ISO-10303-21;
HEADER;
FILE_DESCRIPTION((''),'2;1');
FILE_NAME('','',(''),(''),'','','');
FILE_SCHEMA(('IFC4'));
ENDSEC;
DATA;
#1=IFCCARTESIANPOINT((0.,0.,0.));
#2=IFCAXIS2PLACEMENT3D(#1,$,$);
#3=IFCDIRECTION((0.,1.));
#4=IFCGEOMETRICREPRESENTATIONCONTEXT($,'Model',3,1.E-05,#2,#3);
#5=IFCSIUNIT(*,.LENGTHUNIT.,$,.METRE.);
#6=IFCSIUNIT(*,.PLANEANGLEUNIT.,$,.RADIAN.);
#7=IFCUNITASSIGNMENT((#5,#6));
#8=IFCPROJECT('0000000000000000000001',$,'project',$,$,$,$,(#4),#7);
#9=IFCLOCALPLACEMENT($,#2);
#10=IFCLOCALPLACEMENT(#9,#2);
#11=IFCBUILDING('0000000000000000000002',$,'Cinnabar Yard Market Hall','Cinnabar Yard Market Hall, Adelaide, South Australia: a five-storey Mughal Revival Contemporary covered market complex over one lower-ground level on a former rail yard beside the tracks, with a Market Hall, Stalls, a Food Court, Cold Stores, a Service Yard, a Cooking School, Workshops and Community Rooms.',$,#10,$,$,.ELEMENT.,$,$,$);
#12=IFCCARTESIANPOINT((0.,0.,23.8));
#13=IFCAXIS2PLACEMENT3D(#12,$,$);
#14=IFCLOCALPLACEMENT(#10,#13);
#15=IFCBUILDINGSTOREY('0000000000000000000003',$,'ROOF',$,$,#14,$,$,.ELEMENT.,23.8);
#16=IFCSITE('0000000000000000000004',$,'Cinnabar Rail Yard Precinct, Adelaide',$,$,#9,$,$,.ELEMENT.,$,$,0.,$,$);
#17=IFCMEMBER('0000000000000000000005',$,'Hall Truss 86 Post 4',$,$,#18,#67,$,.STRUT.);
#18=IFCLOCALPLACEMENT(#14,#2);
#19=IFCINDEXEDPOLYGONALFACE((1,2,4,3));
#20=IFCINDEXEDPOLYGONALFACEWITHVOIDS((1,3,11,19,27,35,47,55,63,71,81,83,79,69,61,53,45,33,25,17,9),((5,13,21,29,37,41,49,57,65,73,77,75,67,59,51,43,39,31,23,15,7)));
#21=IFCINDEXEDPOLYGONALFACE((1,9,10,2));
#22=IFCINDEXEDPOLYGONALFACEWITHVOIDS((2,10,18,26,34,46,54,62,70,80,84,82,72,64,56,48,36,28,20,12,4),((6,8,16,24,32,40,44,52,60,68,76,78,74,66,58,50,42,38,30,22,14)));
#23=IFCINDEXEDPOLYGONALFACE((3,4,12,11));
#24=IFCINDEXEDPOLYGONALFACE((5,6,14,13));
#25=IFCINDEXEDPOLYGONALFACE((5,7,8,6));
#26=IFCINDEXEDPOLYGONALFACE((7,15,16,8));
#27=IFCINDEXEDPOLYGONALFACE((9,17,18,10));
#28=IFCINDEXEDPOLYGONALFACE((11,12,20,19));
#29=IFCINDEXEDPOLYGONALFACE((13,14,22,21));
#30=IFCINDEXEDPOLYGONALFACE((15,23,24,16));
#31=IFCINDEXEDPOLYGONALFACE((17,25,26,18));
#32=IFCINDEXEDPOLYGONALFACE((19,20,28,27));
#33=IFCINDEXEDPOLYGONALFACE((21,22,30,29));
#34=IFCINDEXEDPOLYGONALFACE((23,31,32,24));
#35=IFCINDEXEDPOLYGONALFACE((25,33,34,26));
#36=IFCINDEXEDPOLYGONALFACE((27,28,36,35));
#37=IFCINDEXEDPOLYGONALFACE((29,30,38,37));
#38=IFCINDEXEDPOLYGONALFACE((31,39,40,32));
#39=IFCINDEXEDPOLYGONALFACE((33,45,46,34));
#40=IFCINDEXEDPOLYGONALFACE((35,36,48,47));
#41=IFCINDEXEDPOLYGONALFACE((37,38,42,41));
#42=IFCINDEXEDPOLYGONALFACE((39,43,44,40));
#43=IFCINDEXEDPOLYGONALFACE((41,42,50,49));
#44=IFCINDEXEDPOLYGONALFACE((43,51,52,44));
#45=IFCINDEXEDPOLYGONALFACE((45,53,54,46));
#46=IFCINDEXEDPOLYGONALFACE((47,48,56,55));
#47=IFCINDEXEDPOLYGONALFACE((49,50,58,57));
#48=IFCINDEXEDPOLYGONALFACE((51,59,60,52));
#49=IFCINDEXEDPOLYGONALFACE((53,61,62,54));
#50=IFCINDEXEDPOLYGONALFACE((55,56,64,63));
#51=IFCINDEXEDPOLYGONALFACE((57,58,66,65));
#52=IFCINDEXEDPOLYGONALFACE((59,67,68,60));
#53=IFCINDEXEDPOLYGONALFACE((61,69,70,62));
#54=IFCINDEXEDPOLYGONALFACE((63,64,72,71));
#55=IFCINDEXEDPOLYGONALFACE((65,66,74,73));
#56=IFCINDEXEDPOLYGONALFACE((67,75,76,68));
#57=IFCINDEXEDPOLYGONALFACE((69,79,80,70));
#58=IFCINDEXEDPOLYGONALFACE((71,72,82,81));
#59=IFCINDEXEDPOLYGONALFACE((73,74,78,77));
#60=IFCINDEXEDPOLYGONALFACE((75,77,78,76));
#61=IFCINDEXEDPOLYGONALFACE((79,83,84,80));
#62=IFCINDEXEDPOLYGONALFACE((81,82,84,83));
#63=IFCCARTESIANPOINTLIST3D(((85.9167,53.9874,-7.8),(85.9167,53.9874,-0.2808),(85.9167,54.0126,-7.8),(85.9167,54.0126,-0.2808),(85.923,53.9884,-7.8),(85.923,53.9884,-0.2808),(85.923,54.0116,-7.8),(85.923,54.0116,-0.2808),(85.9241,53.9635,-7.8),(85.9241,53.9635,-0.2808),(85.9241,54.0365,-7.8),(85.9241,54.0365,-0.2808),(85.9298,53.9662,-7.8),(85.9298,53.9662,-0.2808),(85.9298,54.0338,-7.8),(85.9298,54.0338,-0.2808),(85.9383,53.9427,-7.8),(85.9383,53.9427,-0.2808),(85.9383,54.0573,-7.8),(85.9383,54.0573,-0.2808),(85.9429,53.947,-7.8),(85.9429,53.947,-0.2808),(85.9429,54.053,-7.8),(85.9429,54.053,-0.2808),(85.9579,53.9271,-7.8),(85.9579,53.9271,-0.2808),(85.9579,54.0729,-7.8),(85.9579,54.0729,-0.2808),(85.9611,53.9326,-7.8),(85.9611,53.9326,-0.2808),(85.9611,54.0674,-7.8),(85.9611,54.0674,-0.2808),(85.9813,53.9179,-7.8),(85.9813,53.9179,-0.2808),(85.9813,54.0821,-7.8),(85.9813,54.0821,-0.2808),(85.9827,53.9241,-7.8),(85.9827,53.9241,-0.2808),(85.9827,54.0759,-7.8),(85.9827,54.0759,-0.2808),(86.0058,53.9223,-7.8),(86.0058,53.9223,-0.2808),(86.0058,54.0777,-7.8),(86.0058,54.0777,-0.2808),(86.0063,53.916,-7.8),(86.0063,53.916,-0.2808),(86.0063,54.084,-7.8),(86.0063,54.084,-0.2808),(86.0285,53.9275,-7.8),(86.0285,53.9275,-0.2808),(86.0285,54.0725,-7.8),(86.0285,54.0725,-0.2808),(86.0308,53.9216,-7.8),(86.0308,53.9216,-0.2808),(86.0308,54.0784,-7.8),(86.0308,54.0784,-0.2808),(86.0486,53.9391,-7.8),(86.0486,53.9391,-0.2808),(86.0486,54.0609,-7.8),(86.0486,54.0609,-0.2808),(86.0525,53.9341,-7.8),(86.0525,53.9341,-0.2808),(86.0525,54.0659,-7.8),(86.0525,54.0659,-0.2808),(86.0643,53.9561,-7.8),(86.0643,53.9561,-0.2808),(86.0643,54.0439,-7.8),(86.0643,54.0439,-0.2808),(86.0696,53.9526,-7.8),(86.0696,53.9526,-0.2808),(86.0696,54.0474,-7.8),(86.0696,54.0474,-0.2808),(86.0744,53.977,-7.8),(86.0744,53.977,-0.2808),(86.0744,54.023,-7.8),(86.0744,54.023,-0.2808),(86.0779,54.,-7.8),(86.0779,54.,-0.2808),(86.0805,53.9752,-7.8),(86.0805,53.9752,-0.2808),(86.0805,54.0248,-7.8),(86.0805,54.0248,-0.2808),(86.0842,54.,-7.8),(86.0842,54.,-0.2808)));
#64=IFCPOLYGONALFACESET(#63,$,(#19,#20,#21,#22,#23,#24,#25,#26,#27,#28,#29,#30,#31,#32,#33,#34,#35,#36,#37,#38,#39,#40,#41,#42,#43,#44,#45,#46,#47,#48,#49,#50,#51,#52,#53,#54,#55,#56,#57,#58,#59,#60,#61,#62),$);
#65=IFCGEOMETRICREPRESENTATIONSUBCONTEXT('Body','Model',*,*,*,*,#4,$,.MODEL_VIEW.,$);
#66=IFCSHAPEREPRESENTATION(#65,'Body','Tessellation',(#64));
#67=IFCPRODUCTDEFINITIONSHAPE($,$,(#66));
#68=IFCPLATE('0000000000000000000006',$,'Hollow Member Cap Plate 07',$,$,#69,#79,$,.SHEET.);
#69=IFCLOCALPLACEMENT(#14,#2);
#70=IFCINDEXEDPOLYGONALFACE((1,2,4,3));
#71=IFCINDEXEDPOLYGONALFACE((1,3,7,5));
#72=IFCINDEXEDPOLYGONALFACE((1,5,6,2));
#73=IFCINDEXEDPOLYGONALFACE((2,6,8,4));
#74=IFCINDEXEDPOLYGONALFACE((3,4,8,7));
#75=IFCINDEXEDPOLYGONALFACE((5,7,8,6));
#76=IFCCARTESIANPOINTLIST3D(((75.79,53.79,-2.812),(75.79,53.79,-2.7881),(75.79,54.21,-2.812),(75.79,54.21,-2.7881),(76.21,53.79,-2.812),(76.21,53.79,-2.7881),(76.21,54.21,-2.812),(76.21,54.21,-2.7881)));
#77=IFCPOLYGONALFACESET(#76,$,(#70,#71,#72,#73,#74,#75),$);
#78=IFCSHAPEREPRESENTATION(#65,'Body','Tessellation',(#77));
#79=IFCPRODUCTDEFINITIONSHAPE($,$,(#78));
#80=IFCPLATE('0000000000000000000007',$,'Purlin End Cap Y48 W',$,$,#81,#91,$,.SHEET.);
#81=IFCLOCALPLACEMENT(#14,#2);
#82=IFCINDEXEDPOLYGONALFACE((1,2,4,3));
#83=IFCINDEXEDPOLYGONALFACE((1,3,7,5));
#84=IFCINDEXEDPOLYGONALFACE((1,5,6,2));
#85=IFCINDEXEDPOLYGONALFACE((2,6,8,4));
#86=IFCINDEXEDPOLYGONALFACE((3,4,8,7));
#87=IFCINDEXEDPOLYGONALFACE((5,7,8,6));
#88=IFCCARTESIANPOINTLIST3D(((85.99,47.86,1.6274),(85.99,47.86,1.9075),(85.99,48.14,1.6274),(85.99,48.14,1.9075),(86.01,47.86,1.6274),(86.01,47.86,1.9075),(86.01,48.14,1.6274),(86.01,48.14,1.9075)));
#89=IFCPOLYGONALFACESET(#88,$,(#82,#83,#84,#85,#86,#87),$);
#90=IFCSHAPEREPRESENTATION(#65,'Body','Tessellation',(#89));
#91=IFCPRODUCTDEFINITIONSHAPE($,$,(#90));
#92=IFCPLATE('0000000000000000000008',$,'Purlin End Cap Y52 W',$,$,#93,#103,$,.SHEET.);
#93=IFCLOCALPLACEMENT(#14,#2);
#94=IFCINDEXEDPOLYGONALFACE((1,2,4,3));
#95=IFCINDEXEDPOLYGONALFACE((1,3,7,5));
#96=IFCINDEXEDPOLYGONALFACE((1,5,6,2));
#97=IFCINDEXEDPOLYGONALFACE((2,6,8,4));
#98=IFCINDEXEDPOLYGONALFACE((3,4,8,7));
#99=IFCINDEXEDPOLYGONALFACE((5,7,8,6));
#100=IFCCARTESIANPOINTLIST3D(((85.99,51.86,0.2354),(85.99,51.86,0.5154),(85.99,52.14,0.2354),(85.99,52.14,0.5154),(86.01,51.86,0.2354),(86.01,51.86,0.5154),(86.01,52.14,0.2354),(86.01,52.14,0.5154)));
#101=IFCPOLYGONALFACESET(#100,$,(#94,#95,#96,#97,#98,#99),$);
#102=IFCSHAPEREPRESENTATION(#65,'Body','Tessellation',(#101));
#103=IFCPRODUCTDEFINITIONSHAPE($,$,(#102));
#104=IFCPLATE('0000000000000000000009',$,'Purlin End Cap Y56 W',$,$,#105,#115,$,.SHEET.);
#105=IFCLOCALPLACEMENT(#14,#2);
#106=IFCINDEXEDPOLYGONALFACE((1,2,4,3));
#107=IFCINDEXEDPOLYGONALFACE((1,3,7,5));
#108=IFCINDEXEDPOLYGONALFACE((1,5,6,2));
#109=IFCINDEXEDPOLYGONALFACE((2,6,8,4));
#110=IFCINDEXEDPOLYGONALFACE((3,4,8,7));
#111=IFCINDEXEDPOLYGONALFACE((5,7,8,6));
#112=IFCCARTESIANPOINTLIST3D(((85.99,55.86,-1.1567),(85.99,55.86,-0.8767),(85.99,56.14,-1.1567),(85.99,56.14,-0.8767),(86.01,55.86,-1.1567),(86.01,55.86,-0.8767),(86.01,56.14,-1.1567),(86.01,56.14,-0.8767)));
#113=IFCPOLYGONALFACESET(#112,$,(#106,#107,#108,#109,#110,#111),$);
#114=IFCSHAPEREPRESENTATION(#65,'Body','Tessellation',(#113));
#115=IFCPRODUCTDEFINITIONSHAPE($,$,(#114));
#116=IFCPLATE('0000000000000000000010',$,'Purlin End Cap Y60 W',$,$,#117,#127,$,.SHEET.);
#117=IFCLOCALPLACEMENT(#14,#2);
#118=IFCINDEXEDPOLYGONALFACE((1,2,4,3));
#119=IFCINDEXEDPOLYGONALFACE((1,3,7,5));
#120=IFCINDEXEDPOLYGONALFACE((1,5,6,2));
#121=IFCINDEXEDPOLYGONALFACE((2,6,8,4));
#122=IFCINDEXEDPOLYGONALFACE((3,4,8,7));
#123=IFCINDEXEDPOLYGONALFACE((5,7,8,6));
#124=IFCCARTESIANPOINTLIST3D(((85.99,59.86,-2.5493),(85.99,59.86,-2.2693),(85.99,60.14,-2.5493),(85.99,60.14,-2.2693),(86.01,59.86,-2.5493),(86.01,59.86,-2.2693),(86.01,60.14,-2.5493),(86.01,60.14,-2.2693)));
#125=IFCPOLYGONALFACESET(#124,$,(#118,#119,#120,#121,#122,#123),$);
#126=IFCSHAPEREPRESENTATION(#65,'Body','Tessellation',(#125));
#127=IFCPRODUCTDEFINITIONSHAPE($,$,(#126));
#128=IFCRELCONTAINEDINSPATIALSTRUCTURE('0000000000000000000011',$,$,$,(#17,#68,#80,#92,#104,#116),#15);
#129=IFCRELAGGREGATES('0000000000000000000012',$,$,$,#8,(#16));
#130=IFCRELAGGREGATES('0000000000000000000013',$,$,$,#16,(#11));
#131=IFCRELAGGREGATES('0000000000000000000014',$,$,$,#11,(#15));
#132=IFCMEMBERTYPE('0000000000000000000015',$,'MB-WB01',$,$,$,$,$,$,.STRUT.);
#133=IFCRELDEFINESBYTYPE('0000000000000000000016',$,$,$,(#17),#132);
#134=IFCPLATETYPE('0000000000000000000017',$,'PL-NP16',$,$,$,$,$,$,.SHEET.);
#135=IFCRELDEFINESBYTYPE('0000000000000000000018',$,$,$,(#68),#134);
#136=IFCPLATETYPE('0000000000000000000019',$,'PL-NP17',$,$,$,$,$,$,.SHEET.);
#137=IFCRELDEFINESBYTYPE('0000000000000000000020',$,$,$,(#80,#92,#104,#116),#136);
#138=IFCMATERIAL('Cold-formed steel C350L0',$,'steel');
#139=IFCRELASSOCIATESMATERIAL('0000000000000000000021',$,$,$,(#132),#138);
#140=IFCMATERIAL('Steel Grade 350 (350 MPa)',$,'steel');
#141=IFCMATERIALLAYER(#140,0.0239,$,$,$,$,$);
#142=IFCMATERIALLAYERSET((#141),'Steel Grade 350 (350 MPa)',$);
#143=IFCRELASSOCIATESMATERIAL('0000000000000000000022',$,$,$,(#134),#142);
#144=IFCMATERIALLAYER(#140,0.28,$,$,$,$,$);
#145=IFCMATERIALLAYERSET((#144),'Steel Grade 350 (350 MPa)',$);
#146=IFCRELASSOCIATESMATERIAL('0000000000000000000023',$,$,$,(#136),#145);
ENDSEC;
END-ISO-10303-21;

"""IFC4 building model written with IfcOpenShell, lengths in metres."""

from ifc_helpers import new_model, si_unit, direction, frame, origin, origin_2d_with_axis, place, context, subcontext, project, spatial, rectangle, hollow_circle, extrude, material, layer, layer_set, material_profile, profile_set, type_object, element, save


model = new_model("IFC4")

# Units and contexts
model_context = context("Model", 3, precision=1e-05, world=origin(), true_north=direction((0.0, 1.0)))
body_context = subcontext(model_context, "Body", "Model", "MODEL_VIEW")
ifc_project = project(units=[si_unit("LENGTHUNIT", "METRE"), si_unit("PLANEANGLEUNIT", "RADIAN")], contexts=[model_context])

# Site, building, storey
site_placement = place(None, origin())
site = spatial("IfcSite", under=ifc_project, at=site_placement, Name="Cinnabar Rail Yard Precinct, Adelaide", CompositionType="ELEMENT", RefElevation=0.0)
building_placement = place(site_placement, origin())
building = spatial("IfcBuilding", under=site, at=building_placement, Name="Cinnabar Yard Market Hall", Description="Cinnabar Yard Market Hall, Adelaide, South Australia: a five-storey Mughal Revival Contemporary covered market complex over one lower-ground level on a former rail yard beside the tracks, with a Market Hall, Stalls, a Food Court, Cold Stores, a Service Yard, a Cooking School, Workshops and Community Rooms.", CompositionType="ELEMENT")
storey_placement = place(building_placement, frame((0.0, 0.0, 23.8)))
storey = spatial("IfcBuildingStorey", under=building, at=storey_placement, Name="ROOF", CompositionType="ELEMENT", Elevation=23.8)

# Shared definitions
ifc_material_1 = material(Name="Steel Grade 350 (350 MPa)", Category="steel")

# Member
ifc_material_2 = material(Name="Cold-formed steel C350L0", Category="steel")
ifc_material_profile_1 = material_profile(ifc_material_2, hollow_circle(Radius=0.0842, WallThickness=0.0063, at=origin_2d_with_axis()), Name="168.3x6.4CHS")
ifc_profile_set_1 = profile_set([ifc_material_profile_1], Name="Cold-formed steel C350L0")
member_type_1 = type_object("IfcMemberType", Name="MB-WB01", PredefinedType="STRUT", material=ifc_profile_set_1)
member_1_placement = place(storey_placement, frame((86.0, 54.0, -7.8), z_axis=(0.0, 0.0, 1.0), x_axis=(1.0, 0.0, 0.0)))
element("IfcMember", 1, at=member_1_placement, inside=storey, type_object=member_type_1, Name="Hall Truss 86 Post 4", PredefinedType="STRUT", context=body_context, shape_type="SweptSolid", body=[
    extrude(hollow_circle(Radius=0.0842, WallThickness=0.0063, at=origin_2d_with_axis()), origin(), (0.0, 0.0, 1.0), 7.5193),
])

# Plates
ifc_layer_1 = layer(ifc_material_1, 0.0239)
ifc_layer_set_1 = layer_set([ifc_layer_1], Name="Steel Grade 350 (350 MPa)")
plate_type_1 = type_object("IfcPlateType", Name="PL-NP16", PredefinedType="SHEET", material=ifc_layer_set_1)
plate_placement = place(storey_placement, frame((76.0, 54.0, -2.812), z_axis=(0.0, 0.0, 1.0), x_axis=(1.0, 0.0, 0.0)))
element("IfcPlate", 2, at=plate_placement, inside=storey, type_object=plate_type_1, Name="Hollow Member Cap Plate 07", PredefinedType="SHEET", context=body_context, shape_type="SweptSolid", body=[
    extrude(rectangle(XDim=0.4199, YDim=0.4199, at=origin_2d_with_axis()), origin(), (0.0, 0.0, 1.0), 0.0239),
])
ifc_layer_2 = layer(ifc_material_1, 0.28)
ifc_layer_set_2 = layer_set([ifc_layer_2], Name="Steel Grade 350 (350 MPa)")
plate_type_2 = type_object("IfcPlateType", Name="PL-NP17", PredefinedType="SHEET", material=ifc_layer_set_2)
for number, where, z_axis, x_axis, name in (
    (3, (86.0, 48.0, 1.6274), (0.0, 0.0, 1.0), (1.0, 0.0, 0.0), "Purlin End Cap Y48 W"),
    (4, (86.0, 52.0, 0.2354), (0.0, 0.0, 1.0), (1.0, 0.0, 0.0), "Purlin End Cap Y52 W"),
    (5, (86.0, 56.0, -1.1567), (0.0, 0.0, 1.0), (1.0, 0.0, 0.0), "Purlin End Cap Y56 W"),
    (6, (86.0, 60.0, -2.5493), (0.0, 0.0, 1.0), (1.0, 0.0, 0.0), "Purlin End Cap Y60 W"),
):
    element("IfcPlate", number, at=place(storey_placement, frame(where, z_axis=z_axis, x_axis=x_axis)), inside=storey, type_object=plate_type_2, Name=name, PredefinedType="SHEET", context=body_context, shape_type="SweptSolid", body=[
        extrude(rectangle(XDim=0.02, YDim=0.28, at=origin_2d_with_axis()), origin(), (0.0, 0.0, 1.0), 0.28),
    ])

save(model, "model.ifc")
